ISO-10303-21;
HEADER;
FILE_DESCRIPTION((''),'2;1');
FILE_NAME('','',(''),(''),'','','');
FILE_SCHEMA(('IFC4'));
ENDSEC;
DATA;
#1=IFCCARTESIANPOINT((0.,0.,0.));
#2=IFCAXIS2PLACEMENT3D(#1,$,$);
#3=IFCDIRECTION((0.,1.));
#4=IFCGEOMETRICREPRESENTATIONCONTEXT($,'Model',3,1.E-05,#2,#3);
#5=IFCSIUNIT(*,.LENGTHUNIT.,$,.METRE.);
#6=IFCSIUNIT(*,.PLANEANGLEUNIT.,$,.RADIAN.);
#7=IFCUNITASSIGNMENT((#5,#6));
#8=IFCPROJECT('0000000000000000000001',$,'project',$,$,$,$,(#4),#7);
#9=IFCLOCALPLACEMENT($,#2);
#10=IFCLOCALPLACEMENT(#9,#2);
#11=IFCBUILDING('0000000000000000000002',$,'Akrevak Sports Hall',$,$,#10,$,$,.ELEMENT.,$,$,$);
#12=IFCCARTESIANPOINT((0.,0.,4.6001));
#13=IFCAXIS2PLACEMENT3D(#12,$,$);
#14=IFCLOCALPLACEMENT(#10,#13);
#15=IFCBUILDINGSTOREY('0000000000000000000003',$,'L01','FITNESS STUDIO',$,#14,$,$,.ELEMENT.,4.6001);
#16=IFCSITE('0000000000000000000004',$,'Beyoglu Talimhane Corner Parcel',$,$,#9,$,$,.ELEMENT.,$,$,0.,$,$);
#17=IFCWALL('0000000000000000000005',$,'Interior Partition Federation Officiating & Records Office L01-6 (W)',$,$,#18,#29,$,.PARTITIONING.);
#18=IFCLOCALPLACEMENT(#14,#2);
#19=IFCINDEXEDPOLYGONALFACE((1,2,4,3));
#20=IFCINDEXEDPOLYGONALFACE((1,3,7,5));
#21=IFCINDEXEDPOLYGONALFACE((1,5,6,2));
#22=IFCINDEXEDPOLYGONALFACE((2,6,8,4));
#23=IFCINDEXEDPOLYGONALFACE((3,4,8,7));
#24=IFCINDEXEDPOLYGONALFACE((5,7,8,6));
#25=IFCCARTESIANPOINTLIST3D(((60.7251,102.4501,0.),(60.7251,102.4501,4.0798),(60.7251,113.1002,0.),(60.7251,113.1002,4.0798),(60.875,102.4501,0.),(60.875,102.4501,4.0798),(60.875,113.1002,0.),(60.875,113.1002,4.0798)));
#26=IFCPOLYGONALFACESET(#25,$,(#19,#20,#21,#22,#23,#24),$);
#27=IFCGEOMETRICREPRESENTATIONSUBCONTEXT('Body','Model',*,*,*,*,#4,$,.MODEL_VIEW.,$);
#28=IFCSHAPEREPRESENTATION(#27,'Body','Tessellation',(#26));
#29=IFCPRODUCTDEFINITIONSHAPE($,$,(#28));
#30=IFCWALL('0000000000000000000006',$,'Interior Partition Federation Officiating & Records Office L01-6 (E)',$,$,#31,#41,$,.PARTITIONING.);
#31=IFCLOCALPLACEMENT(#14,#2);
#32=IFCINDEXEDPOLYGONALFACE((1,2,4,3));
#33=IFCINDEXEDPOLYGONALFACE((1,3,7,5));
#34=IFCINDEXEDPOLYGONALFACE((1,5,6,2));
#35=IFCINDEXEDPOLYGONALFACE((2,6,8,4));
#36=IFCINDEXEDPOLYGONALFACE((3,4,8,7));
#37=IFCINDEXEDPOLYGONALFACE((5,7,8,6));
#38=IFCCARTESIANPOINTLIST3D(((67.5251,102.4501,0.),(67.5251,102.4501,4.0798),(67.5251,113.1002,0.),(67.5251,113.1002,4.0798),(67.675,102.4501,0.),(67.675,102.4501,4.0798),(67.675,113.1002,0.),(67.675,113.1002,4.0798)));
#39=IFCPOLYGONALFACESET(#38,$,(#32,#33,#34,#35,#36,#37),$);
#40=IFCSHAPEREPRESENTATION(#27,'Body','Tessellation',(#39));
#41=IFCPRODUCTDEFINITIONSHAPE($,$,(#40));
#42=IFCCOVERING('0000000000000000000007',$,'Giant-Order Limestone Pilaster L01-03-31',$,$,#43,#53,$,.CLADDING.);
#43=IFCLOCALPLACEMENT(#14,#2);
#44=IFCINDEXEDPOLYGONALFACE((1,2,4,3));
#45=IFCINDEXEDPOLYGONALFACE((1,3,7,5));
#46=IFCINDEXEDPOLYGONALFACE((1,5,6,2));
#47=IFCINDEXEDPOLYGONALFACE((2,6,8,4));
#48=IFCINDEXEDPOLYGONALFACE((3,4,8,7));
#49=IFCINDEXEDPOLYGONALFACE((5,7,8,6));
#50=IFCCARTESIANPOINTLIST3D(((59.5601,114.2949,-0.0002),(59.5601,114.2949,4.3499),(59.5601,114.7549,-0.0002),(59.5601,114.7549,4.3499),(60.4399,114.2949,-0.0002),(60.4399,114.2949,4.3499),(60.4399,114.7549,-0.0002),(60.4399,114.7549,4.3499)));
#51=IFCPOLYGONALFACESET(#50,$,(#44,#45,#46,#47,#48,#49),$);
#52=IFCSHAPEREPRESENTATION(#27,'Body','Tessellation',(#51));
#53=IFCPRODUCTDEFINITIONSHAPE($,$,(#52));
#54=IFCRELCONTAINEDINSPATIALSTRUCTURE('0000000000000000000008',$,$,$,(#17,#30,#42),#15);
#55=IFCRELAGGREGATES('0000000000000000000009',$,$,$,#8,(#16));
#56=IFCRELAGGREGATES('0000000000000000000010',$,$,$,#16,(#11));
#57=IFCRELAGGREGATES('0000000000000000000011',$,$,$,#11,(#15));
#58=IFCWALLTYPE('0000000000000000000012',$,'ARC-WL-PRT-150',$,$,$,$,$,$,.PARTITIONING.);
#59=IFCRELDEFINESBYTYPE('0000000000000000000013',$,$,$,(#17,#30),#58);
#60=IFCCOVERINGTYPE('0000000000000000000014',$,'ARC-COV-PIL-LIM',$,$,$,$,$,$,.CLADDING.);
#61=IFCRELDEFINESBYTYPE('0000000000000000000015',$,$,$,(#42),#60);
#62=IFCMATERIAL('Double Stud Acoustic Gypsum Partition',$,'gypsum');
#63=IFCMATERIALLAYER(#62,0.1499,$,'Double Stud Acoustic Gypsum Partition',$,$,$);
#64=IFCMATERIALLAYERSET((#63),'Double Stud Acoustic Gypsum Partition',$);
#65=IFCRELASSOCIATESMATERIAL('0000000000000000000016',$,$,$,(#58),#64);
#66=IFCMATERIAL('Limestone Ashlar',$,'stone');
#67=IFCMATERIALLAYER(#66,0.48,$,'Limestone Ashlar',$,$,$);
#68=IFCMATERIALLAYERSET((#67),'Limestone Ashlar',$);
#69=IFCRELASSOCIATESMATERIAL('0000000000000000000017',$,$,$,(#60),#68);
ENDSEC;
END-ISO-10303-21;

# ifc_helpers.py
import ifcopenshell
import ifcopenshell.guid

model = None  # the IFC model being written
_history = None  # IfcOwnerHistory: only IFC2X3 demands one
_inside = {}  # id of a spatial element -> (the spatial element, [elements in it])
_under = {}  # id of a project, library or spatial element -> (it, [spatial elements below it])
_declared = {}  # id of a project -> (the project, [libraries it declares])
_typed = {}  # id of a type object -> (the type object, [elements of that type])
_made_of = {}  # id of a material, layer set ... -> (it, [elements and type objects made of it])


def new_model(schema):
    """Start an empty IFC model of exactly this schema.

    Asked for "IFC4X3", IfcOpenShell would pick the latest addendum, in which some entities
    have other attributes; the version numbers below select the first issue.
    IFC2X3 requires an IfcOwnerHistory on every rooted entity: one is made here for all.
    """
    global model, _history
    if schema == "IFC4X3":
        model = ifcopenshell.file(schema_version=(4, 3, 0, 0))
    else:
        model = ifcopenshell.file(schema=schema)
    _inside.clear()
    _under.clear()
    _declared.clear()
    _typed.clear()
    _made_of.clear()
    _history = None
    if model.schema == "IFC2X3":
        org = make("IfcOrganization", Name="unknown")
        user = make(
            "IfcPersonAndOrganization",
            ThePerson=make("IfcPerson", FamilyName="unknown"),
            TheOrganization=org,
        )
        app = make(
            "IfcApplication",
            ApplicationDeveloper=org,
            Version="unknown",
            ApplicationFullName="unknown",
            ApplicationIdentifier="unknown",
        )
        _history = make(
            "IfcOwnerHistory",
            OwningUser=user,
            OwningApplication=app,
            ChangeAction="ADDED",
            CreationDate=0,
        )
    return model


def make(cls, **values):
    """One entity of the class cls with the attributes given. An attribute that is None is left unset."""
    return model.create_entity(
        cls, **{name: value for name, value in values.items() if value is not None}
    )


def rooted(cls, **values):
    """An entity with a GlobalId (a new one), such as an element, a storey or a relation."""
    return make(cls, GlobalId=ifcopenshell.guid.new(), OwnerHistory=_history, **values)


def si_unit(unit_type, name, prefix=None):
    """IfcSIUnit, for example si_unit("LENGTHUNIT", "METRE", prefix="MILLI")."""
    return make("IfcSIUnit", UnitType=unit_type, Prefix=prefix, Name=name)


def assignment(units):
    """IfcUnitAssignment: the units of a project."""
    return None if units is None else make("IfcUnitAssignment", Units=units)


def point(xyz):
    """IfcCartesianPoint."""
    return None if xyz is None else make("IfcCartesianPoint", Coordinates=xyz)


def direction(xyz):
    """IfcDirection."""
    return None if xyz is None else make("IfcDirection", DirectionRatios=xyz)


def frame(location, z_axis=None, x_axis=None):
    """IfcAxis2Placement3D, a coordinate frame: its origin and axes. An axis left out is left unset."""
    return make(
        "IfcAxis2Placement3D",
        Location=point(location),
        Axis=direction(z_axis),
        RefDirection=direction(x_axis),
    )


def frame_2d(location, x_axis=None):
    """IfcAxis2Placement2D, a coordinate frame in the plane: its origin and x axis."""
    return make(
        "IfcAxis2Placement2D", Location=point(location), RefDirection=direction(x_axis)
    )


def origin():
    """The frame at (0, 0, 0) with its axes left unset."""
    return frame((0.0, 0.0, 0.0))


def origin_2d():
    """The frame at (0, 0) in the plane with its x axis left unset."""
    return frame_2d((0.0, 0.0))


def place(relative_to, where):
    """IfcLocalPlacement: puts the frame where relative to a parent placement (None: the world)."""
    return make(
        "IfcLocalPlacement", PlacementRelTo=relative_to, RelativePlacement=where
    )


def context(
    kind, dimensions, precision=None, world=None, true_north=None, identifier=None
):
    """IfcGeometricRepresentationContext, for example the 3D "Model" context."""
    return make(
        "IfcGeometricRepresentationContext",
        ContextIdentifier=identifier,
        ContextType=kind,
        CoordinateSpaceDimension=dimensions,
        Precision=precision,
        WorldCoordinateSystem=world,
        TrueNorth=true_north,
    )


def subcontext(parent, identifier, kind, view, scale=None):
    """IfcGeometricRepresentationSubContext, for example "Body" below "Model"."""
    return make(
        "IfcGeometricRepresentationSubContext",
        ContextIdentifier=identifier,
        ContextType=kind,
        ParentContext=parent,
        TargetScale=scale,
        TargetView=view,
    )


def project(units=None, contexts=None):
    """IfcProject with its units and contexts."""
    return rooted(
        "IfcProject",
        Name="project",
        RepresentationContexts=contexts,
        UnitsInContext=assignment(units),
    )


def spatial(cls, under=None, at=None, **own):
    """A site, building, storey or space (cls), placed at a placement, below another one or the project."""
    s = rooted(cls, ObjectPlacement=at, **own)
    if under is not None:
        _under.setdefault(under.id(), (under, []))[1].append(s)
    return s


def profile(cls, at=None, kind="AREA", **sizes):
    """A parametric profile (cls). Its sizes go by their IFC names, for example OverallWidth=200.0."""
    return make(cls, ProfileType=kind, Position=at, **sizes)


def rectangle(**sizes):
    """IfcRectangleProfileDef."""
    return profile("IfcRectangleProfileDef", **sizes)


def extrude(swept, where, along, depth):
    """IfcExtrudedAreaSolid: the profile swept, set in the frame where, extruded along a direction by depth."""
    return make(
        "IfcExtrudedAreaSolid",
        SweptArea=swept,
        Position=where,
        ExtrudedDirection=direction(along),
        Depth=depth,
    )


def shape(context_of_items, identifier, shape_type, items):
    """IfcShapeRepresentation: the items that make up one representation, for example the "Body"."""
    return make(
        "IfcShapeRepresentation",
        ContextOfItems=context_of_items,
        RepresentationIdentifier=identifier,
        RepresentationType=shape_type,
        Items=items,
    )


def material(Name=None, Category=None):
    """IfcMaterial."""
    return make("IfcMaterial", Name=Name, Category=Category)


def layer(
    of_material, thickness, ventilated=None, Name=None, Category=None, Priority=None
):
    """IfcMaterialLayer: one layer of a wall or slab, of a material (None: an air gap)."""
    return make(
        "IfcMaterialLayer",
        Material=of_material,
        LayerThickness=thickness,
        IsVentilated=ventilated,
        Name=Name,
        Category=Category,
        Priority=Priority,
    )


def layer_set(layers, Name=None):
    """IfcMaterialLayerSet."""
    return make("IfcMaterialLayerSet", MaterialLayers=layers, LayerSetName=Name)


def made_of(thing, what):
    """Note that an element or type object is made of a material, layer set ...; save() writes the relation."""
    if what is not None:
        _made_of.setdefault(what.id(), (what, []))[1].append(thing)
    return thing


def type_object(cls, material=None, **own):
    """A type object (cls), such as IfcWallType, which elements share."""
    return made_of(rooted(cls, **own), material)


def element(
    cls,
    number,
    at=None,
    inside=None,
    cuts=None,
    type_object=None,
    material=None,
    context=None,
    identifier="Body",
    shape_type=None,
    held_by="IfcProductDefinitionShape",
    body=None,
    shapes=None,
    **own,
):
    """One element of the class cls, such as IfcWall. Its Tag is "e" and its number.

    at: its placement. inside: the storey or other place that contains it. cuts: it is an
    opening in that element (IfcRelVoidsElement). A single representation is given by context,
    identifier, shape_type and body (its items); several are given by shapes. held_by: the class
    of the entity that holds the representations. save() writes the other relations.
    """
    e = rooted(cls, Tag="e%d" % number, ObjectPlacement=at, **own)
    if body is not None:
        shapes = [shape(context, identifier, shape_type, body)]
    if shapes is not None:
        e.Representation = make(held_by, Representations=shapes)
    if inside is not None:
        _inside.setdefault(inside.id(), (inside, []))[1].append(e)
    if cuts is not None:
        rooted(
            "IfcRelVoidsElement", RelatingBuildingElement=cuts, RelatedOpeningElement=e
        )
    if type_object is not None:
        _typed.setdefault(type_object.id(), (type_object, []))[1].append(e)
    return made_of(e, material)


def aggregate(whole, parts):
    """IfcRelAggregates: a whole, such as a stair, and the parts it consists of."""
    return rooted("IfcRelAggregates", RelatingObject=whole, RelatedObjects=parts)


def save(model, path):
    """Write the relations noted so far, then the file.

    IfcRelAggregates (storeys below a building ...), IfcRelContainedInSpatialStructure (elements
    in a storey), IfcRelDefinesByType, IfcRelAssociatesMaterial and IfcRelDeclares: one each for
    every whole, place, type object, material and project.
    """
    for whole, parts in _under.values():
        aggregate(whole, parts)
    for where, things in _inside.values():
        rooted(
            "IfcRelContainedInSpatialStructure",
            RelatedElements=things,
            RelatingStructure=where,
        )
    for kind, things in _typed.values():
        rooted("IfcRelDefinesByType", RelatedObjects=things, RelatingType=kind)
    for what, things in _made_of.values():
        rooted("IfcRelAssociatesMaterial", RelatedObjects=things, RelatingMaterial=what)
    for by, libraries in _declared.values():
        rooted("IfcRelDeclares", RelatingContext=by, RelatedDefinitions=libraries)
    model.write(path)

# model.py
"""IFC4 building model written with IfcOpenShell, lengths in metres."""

from ifc_helpers import new_model, si_unit, direction, frame, frame_2d, origin, origin_2d, place, context, subcontext, project, spatial, rectangle, extrude, material, layer, layer_set, type_object, element, save


model = new_model("IFC4")

# Units and contexts
model_context = context("Model", 3, precision=1e-05, world=origin(), true_north=direction((0.0, 1.0)))
body_context = subcontext(model_context, "Body", "Model", "MODEL_VIEW")
ifc_project = project(units=[si_unit("LENGTHUNIT", "METRE"), si_unit("PLANEANGLEUNIT", "RADIAN")], contexts=[model_context])

# Site, building, storey
site_placement = place(None, origin())
site = spatial("IfcSite", under=ifc_project, at=site_placement, Name="Beyoglu Talimhane Corner Parcel", CompositionType="ELEMENT", RefElevation=0.0)
building_placement = place(site_placement, origin())
building = spatial("IfcBuilding", under=site, at=building_placement, Name="Akrevak Sports Hall", CompositionType="ELEMENT")
storey_placement = place(building_placement, frame((0.0, 0.0, 4.6001)))
storey = spatial("IfcBuildingStorey", under=building, at=storey_placement, Name="L01", Description="FITNESS STUDIO", CompositionType="ELEMENT", Elevation=4.6001)

# Shared definitions
ifc_material_1 = material(Name="Limestone Ashlar", Category="stone")

# Shared definitions
ifc_material_2 = material(Name="Double Stud Acoustic Gypsum Partition", Category="gypsum")
ifc_layer_1 = layer(ifc_material_2, 0.1499, Name="Double Stud Acoustic Gypsum Partition")
ifc_layer_set_1 = layer_set([ifc_layer_1], Name="Double Stud Acoustic Gypsum Partition")
wall_type_1 = type_object("IfcWallType", Name="ARC-WL-PRT-150", PredefinedType="PARTITIONING", material=ifc_layer_set_1)

# Walls
for number, where, z_axis, x_axis, name in (
    (1, (60.8, 102.45, 0.0), (0.0, 0.0, 1.0), (0.0, 1.0, 0.0), "Interior Partition Federation Officiating & Records Office L01-6 (W)"),
    (2, (67.6001, 102.45, 0.0), (0.0, 0.0, 1.0), (0.0, 1.0, 0.0), "Interior Partition Federation Officiating & Records Office L01-6 (E)"),
):
    element("IfcWall", number, at=place(storey_placement, frame(where, z_axis=z_axis, x_axis=x_axis)), inside=storey, type_object=wall_type_1, Name=name, PredefinedType="PARTITIONING", context=body_context, shape_type="SweptSolid", body=[
        extrude(rectangle(XDim=10.6501, YDim=0.1499, at=frame_2d((5.3252, 0.0))), origin(), (0.0, 0.0, 1.0), 4.0798),
    ])

# Covering
ifc_layer_2 = layer(ifc_material_1, 0.48, Name="Limestone Ashlar")
ifc_layer_set_2 = layer_set([ifc_layer_2], Name="Limestone Ashlar")
covering_type = type_object("IfcCoveringType", Name="ARC-COV-PIL-LIM", PredefinedType="CLADDING", material=ifc_layer_set_2)
covering_placement = place(storey_placement, frame((60.0, 114.5249, -0.0002), z_axis=(0.0, 0.0, 1.0), x_axis=(-1.0, 0.0, 0.0)))
element("IfcCovering", 3, at=covering_placement, inside=storey, type_object=covering_type, Name="Giant-Order Limestone Pilaster L01-03-31", PredefinedType="CLADDING", context=body_context, shape_type="SweptSolid", body=[
    extrude(rectangle(XDim=0.8799, YDim=0.46, at=origin_2d()), origin(), (0.0, 0.0, 1.0), 4.3501),
])

save(model, "model.ifc")
